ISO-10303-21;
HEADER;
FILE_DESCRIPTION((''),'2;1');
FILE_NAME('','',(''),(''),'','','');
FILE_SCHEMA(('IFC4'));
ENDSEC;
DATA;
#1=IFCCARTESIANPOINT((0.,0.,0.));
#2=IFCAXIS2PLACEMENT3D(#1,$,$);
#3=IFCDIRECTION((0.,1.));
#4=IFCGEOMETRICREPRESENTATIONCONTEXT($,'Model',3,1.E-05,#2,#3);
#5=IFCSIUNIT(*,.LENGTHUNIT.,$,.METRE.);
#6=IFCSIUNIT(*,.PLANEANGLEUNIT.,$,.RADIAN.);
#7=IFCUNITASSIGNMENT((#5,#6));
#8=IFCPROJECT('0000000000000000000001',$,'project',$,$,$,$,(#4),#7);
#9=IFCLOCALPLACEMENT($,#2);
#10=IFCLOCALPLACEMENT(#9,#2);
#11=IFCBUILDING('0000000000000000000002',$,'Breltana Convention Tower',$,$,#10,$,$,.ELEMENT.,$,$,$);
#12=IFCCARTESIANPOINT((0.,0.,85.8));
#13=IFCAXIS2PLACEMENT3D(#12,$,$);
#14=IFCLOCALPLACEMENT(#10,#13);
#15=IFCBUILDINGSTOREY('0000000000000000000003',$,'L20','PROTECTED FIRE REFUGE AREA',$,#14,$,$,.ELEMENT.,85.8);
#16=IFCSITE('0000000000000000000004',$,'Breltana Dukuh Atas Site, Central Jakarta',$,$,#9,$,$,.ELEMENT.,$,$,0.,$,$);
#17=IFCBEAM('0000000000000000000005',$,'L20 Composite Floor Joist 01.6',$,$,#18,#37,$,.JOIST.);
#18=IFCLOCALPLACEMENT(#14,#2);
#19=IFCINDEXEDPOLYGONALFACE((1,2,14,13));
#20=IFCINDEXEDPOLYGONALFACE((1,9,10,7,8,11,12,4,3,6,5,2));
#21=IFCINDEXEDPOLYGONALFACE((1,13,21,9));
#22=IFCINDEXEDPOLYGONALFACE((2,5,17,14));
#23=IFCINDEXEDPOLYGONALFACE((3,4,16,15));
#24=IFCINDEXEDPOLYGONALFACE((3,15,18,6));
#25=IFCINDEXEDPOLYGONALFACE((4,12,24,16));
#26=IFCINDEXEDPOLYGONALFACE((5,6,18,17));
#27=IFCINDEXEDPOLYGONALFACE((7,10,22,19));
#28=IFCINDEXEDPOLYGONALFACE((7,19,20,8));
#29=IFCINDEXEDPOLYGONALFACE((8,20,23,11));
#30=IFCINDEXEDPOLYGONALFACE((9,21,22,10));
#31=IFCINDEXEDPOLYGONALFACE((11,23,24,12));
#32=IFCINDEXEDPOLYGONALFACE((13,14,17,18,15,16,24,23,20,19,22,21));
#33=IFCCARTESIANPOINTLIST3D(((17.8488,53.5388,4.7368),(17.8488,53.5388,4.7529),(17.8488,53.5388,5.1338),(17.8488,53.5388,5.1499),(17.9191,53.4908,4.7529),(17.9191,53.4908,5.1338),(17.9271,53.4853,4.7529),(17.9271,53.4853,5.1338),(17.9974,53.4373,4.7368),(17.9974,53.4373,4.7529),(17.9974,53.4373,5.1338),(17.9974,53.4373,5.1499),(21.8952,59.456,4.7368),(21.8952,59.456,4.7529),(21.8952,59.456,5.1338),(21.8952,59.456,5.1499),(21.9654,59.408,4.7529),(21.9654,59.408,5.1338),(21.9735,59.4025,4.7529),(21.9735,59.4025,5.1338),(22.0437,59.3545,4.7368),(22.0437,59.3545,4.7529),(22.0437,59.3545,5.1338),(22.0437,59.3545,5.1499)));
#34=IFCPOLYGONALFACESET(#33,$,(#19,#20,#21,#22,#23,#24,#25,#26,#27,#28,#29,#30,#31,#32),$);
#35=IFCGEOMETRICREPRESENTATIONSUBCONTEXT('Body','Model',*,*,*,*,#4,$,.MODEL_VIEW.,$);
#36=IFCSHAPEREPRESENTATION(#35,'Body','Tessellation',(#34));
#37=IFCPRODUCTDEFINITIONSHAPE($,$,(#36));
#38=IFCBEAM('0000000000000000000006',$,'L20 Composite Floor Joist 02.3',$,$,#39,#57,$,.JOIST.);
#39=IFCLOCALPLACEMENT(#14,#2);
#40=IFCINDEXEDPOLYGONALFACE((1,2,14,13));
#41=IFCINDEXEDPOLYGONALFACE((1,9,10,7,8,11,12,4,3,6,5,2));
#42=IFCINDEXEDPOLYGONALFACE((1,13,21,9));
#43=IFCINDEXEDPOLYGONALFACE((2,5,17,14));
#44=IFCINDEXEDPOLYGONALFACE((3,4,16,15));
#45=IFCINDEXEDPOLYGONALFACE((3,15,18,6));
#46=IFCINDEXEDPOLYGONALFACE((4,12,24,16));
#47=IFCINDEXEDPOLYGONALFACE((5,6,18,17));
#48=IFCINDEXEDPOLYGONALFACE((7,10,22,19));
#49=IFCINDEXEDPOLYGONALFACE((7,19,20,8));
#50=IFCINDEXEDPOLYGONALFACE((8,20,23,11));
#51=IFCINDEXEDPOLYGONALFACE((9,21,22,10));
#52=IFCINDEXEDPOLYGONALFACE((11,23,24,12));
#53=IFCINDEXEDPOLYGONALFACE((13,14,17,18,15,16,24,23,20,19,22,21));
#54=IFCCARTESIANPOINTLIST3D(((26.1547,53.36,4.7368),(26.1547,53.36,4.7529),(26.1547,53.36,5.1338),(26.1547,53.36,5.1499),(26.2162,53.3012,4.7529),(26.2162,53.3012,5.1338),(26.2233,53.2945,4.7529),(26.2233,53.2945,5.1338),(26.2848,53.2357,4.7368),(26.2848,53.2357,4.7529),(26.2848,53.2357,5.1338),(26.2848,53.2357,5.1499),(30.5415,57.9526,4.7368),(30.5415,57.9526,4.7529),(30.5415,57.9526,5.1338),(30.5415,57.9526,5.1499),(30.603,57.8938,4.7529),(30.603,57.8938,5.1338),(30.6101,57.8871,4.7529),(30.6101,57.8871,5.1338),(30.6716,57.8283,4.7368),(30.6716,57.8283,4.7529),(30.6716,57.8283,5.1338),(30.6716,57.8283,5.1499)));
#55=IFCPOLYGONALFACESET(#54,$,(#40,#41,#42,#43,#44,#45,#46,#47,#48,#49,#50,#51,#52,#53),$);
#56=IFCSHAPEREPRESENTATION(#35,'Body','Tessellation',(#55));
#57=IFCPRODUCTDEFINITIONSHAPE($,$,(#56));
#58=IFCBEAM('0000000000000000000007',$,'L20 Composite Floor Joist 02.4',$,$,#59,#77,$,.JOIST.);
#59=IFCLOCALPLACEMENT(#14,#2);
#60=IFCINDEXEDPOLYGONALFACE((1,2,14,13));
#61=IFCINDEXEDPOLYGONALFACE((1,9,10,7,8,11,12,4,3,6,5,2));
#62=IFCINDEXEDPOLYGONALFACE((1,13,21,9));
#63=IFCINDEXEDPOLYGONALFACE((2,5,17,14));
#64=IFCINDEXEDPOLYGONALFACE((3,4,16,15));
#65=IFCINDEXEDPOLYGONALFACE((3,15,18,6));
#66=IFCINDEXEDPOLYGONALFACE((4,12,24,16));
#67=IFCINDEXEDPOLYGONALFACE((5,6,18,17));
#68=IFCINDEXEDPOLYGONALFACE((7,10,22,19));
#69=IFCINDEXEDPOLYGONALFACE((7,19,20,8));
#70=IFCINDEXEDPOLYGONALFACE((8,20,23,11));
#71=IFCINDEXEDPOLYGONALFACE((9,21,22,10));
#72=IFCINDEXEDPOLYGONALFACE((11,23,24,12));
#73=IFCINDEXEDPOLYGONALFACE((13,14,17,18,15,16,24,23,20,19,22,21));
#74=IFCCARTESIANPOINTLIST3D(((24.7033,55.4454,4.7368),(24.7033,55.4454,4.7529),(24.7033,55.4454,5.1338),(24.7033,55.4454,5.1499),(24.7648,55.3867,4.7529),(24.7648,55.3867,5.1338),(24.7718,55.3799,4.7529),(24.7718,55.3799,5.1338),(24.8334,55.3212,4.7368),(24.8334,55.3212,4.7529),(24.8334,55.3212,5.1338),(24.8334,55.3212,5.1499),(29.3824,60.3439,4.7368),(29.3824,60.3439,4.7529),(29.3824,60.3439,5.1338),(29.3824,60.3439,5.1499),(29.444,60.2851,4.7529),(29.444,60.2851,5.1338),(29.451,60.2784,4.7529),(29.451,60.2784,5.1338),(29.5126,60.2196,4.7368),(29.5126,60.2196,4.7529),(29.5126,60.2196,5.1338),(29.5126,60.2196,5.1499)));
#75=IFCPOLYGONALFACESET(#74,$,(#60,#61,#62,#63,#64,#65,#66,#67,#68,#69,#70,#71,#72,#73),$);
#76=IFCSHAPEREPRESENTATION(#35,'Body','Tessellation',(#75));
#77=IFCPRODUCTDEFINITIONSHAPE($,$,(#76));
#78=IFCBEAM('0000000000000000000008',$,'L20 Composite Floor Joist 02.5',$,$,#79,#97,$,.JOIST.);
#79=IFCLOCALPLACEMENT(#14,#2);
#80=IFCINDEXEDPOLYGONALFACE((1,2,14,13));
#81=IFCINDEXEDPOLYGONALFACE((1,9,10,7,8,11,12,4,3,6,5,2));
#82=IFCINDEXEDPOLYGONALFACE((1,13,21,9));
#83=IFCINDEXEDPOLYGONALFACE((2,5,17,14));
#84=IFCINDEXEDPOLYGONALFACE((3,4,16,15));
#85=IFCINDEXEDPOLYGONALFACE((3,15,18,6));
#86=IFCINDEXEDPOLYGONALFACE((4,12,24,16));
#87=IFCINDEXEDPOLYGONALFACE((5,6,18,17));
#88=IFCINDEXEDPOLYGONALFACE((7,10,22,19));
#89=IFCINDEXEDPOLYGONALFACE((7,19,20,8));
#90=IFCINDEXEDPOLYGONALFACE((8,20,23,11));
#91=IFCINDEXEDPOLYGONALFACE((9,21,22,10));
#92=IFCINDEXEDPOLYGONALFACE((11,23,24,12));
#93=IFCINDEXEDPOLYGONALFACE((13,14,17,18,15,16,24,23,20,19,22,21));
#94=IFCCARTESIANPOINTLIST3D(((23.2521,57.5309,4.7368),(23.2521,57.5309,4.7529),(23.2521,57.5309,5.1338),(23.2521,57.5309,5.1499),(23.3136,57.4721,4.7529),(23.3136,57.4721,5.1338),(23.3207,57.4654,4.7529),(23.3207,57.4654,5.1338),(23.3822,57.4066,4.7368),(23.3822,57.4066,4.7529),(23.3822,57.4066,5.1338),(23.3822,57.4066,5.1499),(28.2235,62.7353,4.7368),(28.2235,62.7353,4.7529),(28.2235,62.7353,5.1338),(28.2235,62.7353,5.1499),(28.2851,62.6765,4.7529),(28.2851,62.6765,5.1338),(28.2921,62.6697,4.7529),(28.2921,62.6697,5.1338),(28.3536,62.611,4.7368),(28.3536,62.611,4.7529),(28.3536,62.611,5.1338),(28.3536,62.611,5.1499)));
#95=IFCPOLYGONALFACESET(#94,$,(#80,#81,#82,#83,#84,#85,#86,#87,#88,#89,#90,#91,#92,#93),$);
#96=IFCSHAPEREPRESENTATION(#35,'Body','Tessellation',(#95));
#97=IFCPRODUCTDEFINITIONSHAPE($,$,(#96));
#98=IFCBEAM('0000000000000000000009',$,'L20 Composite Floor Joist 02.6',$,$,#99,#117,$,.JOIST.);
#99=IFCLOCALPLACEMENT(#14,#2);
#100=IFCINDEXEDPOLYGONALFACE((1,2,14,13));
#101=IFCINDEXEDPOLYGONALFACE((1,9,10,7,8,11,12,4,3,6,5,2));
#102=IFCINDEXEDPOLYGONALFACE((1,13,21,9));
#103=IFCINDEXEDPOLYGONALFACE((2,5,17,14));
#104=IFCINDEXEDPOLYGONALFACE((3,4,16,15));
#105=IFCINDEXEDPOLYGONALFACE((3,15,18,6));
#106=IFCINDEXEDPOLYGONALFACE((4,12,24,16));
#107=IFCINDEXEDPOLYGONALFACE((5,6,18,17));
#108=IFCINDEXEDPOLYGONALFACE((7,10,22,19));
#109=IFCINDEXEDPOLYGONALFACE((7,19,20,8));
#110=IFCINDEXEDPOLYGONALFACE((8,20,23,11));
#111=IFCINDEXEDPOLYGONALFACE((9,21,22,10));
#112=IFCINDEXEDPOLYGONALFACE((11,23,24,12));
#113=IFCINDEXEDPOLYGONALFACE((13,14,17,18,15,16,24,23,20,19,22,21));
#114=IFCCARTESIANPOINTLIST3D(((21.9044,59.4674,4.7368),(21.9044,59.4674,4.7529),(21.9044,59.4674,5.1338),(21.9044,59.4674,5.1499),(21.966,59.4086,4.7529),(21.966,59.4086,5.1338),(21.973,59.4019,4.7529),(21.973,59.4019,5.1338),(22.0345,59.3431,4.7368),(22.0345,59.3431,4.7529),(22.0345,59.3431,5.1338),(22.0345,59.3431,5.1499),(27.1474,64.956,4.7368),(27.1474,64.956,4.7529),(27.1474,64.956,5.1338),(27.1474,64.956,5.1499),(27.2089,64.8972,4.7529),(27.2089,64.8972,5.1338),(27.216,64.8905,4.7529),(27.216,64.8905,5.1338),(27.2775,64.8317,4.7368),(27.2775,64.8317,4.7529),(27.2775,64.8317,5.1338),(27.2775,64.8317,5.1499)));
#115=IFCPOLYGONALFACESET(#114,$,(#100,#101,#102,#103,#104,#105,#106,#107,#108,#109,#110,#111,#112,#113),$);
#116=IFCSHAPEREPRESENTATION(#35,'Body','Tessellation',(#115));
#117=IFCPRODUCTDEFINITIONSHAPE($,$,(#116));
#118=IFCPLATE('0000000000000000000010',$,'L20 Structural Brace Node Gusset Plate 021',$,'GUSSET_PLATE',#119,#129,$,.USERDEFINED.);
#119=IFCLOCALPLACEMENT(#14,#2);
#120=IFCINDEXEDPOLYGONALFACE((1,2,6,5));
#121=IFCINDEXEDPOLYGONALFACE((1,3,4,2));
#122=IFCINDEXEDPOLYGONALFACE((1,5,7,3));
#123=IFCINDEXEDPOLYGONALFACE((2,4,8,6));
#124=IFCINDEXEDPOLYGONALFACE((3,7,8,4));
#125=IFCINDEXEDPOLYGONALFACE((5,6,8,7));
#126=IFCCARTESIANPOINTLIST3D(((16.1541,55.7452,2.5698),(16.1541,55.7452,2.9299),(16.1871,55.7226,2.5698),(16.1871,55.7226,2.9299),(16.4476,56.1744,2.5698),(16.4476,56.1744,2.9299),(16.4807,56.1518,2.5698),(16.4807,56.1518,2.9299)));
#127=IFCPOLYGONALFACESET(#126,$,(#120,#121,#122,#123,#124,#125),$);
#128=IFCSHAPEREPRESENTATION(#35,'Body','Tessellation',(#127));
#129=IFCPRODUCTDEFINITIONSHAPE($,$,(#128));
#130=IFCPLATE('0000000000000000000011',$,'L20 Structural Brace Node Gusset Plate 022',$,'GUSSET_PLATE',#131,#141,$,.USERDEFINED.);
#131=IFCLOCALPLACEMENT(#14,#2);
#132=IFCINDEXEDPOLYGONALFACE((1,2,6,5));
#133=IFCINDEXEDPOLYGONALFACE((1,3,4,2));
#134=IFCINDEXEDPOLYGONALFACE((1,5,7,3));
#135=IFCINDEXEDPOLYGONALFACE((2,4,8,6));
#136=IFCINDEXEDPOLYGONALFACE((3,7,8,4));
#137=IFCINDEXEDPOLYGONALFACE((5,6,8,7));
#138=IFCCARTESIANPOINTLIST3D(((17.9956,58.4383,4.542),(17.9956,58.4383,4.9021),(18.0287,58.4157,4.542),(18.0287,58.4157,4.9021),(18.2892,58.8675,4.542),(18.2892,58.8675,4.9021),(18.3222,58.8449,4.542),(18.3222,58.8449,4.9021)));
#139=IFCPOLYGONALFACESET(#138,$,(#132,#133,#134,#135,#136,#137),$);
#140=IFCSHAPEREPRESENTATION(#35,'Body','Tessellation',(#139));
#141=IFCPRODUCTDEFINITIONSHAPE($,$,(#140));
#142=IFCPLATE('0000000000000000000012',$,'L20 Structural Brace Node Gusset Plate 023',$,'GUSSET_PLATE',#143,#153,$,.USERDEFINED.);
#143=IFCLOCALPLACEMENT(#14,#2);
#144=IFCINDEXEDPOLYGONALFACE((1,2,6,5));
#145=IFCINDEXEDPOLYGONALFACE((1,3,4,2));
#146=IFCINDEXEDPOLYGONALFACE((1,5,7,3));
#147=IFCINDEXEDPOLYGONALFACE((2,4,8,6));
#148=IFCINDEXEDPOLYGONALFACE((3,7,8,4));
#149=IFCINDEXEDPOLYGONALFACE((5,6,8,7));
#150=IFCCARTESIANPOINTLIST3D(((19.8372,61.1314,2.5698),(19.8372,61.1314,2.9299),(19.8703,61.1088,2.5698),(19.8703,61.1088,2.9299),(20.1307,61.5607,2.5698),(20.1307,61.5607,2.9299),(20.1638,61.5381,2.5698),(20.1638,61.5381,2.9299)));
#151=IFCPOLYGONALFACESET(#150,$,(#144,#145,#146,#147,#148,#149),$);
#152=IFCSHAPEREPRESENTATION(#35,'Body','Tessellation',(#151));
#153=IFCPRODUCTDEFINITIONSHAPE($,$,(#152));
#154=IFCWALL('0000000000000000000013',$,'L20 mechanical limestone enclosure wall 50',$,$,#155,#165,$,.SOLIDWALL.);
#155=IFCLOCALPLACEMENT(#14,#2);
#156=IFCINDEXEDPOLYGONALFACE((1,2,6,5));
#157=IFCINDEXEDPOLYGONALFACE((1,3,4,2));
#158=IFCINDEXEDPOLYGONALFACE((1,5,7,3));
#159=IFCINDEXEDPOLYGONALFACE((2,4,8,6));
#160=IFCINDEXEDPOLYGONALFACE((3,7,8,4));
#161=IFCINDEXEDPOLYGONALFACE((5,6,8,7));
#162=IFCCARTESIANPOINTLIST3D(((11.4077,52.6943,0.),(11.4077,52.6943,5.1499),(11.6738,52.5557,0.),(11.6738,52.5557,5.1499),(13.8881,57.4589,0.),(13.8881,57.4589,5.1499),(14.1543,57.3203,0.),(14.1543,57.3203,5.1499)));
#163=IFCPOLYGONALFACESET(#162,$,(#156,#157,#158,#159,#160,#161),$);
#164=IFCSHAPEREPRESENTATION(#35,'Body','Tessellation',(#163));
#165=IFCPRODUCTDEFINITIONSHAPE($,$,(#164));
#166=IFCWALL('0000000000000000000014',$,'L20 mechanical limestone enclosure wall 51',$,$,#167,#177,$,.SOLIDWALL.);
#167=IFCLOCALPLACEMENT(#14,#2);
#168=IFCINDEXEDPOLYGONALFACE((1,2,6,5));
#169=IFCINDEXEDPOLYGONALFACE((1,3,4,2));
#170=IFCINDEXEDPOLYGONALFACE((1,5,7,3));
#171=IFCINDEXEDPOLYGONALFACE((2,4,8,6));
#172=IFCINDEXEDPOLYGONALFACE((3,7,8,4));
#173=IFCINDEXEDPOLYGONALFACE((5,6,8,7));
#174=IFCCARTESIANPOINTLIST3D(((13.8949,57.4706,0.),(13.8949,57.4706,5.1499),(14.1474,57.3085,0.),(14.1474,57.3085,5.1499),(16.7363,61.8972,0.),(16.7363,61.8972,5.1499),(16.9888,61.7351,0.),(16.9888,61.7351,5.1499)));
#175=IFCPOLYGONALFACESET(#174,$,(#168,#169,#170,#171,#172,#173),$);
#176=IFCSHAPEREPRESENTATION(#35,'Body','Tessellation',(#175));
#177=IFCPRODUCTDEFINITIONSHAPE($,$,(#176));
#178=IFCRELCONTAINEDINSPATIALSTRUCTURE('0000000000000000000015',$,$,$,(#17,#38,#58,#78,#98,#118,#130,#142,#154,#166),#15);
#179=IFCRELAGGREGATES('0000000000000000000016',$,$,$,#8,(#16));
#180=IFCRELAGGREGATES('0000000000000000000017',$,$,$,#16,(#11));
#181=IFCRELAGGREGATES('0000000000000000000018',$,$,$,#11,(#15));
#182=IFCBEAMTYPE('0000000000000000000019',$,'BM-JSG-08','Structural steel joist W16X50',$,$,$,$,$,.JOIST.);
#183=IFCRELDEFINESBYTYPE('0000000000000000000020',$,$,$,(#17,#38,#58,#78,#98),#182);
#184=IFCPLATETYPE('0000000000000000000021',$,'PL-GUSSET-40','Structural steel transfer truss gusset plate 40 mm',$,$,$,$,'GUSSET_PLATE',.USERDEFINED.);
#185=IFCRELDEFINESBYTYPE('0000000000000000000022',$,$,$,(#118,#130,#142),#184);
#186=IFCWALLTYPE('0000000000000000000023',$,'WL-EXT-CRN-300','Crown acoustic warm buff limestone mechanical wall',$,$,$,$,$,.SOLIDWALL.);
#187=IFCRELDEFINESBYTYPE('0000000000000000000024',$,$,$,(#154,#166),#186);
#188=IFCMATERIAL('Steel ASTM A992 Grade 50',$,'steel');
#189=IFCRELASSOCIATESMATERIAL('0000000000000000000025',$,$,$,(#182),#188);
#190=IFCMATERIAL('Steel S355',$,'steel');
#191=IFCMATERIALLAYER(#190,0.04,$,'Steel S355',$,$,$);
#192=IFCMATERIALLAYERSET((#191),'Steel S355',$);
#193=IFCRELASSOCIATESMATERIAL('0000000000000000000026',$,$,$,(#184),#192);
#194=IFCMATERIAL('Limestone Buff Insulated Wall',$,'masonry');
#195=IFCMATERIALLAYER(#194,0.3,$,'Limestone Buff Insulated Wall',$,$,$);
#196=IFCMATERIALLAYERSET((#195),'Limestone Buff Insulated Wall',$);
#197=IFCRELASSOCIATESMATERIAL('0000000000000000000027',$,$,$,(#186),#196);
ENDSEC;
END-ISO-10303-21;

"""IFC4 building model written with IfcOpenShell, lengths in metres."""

from ifc_helpers import new_model, si_unit, direction, frame, frame_2d, origin, origin_2d, place, context, subcontext, project, spatial, rectangle, i_section, extrude, source, transform, mapped, material, layer, layer_set, material_profile, profile_set, type_object, element, save


model = new_model("IFC4")

# Units and contexts
model_context = context("Model", 3, precision=1e-05, world=origin(), true_north=direction((0.0, 1.0)))
body_context = subcontext(model_context, "Body", "Model", "MODEL_VIEW")
ifc_project = project(units=[si_unit("LENGTHUNIT", "METRE"), si_unit("PLANEANGLEUNIT", "RADIAN")], contexts=[model_context])

# Site, building, storey
site_placement = place(None, origin())
site = spatial("IfcSite", under=ifc_project, at=site_placement, Name="Breltana Dukuh Atas Site, Central Jakarta", CompositionType="ELEMENT", RefElevation=0.0)
building_placement = place(site_placement, origin())
building = spatial("IfcBuilding", under=site, at=building_placement, Name="Breltana Convention Tower", CompositionType="ELEMENT")
storey_placement = place(building_placement, frame((0.0, 0.0, 85.8)))
storey = spatial("IfcBuildingStorey", under=building, at=storey_placement, Name="L20", Description="PROTECTED FIRE REFUGE AREA", CompositionType="ELEMENT", Elevation=85.8)

# Shared definitions
ifc_material_1 = material(Name="Steel ASTM A992 Grade 50", Category="steel")

# Beams
ifc_material_profile_1 = material_profile(ifc_material_1, i_section(OverallWidth=0.1799, OverallDepth=0.4131, WebThickness=0.0098, FlangeThickness=0.0161, at=origin_2d()), Name="W16X50")
ifc_profile_set_1 = profile_set([ifc_material_profile_1], Name="Steel ASTM A992 Grade 50")
beam_type_1 = type_object("IfcBeamType", Name="BM-JSG-08", Description="Structural steel joist W16X50", PredefinedType="JOIST", material=ifc_profile_set_1)
shared_shape_1 = source(origin(), body_context, "Body", "SweptSolid", [
    extrude(i_section(OverallWidth=0.1799, OverallDepth=0.4131, WebThickness=0.0098, FlangeThickness=0.0161, at=origin_2d()), origin(), (0.0, 0.0, 1.0), 7.1685),
])
beam_1_placement = place(storey_placement, frame((17.9231, 53.488, 4.9434), z_axis=(0.56447, 0.825453, 0.0), x_axis=(-0.825453, 0.56447, 0.0)))
element("IfcBeam", 1, at=beam_1_placement, inside=storey, type_object=beam_type_1, Name="L20 Composite Floor Joist 01.6", PredefinedType="JOIST", context=body_context, shape_type="MappedRepresentation", body=[
    mapped(shared_shape_1, transform((0.0, 0.0, 0.0), scale=1.0)),
])
shared_shape_2 = source(origin(), body_context, "Body", "SweptSolid", [
    extrude(i_section(OverallWidth=0.1799, OverallDepth=0.4131, WebThickness=0.0098, FlangeThickness=0.0161, at=origin_2d()), origin(), (0.0, 0.0, 1.0), 6.3511),
])
beam_2_placement = place(storey_placement, frame((26.2197, 53.2979, 4.9434), z_axis=(0.690718, 0.723124, 0.0), x_axis=(-0.723124, 0.690718, 0.0)))
element("IfcBeam", 2, at=beam_2_placement, inside=storey, type_object=beam_type_1, Name="L20 Composite Floor Joist 02.3", PredefinedType="JOIST", context=body_context, shape_type="MappedRepresentation", body=[
    mapped(shared_shape_2, transform((0.0, 0.0, 0.0), scale=1.0)),
])
shared_shape_3 = source(origin(), body_context, "Body", "SweptSolid", [
    extrude(i_section(OverallWidth=0.1799, OverallDepth=0.4131, WebThickness=0.0098, FlangeThickness=0.0161, at=origin_2d()), origin(), (0.0, 0.0, 1.0), 6.7742),
])
beam_3_placement = place(storey_placement, frame((24.7683, 55.3833, 4.9434), z_axis=(0.69074, 0.723103, 0.0), x_axis=(-0.723103, 0.69074, 0.0)))
element("IfcBeam", 3, at=beam_3_placement, inside=storey, type_object=beam_type_1, Name="L20 Composite Floor Joist 02.4", PredefinedType="JOIST", context=body_context, shape_type="MappedRepresentation", body=[
    mapped(shared_shape_3, transform((0.0, 0.0, 0.0), scale=1.0)),
])
shared_shape_4 = source(origin(), body_context, "Body", "SweptSolid", [
    extrude(i_section(OverallWidth=0.1799, OverallDepth=0.4131, WebThickness=0.0098, FlangeThickness=0.0161, at=origin_2d()), origin(), (0.0, 0.0, 1.0), 7.1973),
])
beam_4_placement = place(storey_placement, frame((23.3171, 57.4688, 4.9434), z_axis=(0.690741, 0.723102, 0.0), x_axis=(-0.723102, 0.690741, 0.0)))
element("IfcBeam", 4, at=beam_4_placement, inside=storey, type_object=beam_type_1, Name="L20 Composite Floor Joist 02.5", PredefinedType="JOIST", context=body_context, shape_type="MappedRepresentation", body=[
    mapped(shared_shape_4, transform((0.0, 0.0, 0.0), scale=1.0)),
])
shared_shape_5 = source(origin(), body_context, "Body", "SweptSolid", [
    extrude(i_section(OverallWidth=0.1799, OverallDepth=0.4131, WebThickness=0.0098, FlangeThickness=0.0161, at=origin_2d()), origin(), (0.0, 0.0, 1.0), 7.5903),
])
beam_5_placement = place(storey_placement, frame((21.9695, 59.4053, 4.9434), z_axis=(0.690743, 0.723101, 0.0), x_axis=(-0.723101, 0.690743, 0.0)))
element("IfcBeam", 5, at=beam_5_placement, inside=storey, type_object=beam_type_1, Name="L20 Composite Floor Joist 02.6", PredefinedType="JOIST", context=body_context, shape_type="MappedRepresentation", body=[
    mapped(shared_shape_5, transform((0.0, 0.0, 0.0), scale=1.0)),
])

# Plates
ifc_material_2 = material(Name="Steel S355", Category="steel")
ifc_layer_1 = layer(ifc_material_2, 0.04, Name="Steel S355")
ifc_layer_set_1 = layer_set([ifc_layer_1], Name="Steel S355")
plate_type = type_object("IfcPlateType", Name="PL-GUSSET-40", Description="Structural steel transfer truss gusset plate 40 mm", ElementType="GUSSET_PLATE", PredefinedType="USERDEFINED", material=ifc_layer_set_1)
shared_shape_6 = source(origin(), body_context, "Body", "SweptSolid", [
    extrude(rectangle(XDim=0.52, YDim=0.04, at=origin_2d()), origin(), (0.0, 0.0, 1.0), 0.3601),
])
for number, where, z_axis, x_axis, name in (
    (6, (16.3174, 55.9485, 2.5698), (0.0, 0.0, 1.0), (0.564535, 0.825409, 0.0), "L20 Structural Brace Node Gusset Plate 021"),
    (7, (18.1589, 58.6416, 4.542), (0.0, 0.0, 1.0), (0.564535, 0.825409, 0.0), "L20 Structural Brace Node Gusset Plate 022"),
    (8, (20.0005, 61.3347, 2.5698), (0.0, 0.0, 1.0), (0.564391, 0.825508, 0.0), "L20 Structural Brace Node Gusset Plate 023"),
):
    element("IfcPlate", number, at=place(storey_placement, frame(where, z_axis=z_axis, x_axis=x_axis)), inside=storey, type_object=plate_type, Name=name, ObjectType="GUSSET_PLATE", PredefinedType="USERDEFINED", context=body_context, shape_type="MappedRepresentation", body=[
        mapped(shared_shape_6, transform((0.0, 0.0, 0.0), scale=1.0)),
    ])

# Walls
ifc_material_3 = material(Name="Limestone Buff Insulated Wall", Category="masonry")
ifc_layer_2 = layer(ifc_material_3, 0.3, Name="Limestone Buff Insulated Wall")
ifc_layer_set_2 = layer_set([ifc_layer_2], Name="Limestone Buff Insulated Wall")
wall_type = type_object("IfcWallType", Name="WL-EXT-CRN-300", Description="Crown acoustic warm buff limestone mechanical wall", PredefinedType="SOLIDWALL", material=ifc_layer_set_2)
shared_shape_7 = source(origin(), body_context, "Body", "SweptSolid", [
    extrude(rectangle(XDim=5.3716, YDim=0.3, at=frame_2d((2.6858, 0.0))), origin(), (0.0, 0.0, 1.0), 5.1499),
])
wall_1_placement = place(storey_placement, frame((11.5408, 52.625, 0.0), z_axis=(0.0, 0.0, 1.0), x_axis=(0.461771, 0.886999, 0.0)))
element("IfcWall", 9, at=wall_1_placement, inside=storey, type_object=wall_type, Name="L20 mechanical limestone enclosure wall 50", PredefinedType="SOLIDWALL", context=body_context, shape_type="MappedRepresentation", body=[
    mapped(shared_shape_7, transform((0.0, 0.0, 0.0), scale=1.0)),
])
shared_shape_8 = source(origin(), body_context, "Body", "SweptSolid", [
    extrude(rectangle(XDim=5.26, YDim=0.3, at=frame_2d((2.6299, 0.0))), origin(), (0.0, 0.0, 1.0), 5.1499),
])
wall_2_placement = place(storey_placement, frame((14.0212, 57.3896, 0.0), z_axis=(0.0, 0.0, 1.0), x_axis=(0.540178, 0.841551, 0.0)))
element("IfcWall", 10, at=wall_2_placement, inside=storey, type_object=wall_type, Name="L20 mechanical limestone enclosure wall 51", PredefinedType="SOLIDWALL", context=body_context, shape_type="MappedRepresentation", body=[
    mapped(shared_shape_8, transform((0.0, 0.0, 0.0), scale=1.0)),
])

save(model, "model.ifc")
